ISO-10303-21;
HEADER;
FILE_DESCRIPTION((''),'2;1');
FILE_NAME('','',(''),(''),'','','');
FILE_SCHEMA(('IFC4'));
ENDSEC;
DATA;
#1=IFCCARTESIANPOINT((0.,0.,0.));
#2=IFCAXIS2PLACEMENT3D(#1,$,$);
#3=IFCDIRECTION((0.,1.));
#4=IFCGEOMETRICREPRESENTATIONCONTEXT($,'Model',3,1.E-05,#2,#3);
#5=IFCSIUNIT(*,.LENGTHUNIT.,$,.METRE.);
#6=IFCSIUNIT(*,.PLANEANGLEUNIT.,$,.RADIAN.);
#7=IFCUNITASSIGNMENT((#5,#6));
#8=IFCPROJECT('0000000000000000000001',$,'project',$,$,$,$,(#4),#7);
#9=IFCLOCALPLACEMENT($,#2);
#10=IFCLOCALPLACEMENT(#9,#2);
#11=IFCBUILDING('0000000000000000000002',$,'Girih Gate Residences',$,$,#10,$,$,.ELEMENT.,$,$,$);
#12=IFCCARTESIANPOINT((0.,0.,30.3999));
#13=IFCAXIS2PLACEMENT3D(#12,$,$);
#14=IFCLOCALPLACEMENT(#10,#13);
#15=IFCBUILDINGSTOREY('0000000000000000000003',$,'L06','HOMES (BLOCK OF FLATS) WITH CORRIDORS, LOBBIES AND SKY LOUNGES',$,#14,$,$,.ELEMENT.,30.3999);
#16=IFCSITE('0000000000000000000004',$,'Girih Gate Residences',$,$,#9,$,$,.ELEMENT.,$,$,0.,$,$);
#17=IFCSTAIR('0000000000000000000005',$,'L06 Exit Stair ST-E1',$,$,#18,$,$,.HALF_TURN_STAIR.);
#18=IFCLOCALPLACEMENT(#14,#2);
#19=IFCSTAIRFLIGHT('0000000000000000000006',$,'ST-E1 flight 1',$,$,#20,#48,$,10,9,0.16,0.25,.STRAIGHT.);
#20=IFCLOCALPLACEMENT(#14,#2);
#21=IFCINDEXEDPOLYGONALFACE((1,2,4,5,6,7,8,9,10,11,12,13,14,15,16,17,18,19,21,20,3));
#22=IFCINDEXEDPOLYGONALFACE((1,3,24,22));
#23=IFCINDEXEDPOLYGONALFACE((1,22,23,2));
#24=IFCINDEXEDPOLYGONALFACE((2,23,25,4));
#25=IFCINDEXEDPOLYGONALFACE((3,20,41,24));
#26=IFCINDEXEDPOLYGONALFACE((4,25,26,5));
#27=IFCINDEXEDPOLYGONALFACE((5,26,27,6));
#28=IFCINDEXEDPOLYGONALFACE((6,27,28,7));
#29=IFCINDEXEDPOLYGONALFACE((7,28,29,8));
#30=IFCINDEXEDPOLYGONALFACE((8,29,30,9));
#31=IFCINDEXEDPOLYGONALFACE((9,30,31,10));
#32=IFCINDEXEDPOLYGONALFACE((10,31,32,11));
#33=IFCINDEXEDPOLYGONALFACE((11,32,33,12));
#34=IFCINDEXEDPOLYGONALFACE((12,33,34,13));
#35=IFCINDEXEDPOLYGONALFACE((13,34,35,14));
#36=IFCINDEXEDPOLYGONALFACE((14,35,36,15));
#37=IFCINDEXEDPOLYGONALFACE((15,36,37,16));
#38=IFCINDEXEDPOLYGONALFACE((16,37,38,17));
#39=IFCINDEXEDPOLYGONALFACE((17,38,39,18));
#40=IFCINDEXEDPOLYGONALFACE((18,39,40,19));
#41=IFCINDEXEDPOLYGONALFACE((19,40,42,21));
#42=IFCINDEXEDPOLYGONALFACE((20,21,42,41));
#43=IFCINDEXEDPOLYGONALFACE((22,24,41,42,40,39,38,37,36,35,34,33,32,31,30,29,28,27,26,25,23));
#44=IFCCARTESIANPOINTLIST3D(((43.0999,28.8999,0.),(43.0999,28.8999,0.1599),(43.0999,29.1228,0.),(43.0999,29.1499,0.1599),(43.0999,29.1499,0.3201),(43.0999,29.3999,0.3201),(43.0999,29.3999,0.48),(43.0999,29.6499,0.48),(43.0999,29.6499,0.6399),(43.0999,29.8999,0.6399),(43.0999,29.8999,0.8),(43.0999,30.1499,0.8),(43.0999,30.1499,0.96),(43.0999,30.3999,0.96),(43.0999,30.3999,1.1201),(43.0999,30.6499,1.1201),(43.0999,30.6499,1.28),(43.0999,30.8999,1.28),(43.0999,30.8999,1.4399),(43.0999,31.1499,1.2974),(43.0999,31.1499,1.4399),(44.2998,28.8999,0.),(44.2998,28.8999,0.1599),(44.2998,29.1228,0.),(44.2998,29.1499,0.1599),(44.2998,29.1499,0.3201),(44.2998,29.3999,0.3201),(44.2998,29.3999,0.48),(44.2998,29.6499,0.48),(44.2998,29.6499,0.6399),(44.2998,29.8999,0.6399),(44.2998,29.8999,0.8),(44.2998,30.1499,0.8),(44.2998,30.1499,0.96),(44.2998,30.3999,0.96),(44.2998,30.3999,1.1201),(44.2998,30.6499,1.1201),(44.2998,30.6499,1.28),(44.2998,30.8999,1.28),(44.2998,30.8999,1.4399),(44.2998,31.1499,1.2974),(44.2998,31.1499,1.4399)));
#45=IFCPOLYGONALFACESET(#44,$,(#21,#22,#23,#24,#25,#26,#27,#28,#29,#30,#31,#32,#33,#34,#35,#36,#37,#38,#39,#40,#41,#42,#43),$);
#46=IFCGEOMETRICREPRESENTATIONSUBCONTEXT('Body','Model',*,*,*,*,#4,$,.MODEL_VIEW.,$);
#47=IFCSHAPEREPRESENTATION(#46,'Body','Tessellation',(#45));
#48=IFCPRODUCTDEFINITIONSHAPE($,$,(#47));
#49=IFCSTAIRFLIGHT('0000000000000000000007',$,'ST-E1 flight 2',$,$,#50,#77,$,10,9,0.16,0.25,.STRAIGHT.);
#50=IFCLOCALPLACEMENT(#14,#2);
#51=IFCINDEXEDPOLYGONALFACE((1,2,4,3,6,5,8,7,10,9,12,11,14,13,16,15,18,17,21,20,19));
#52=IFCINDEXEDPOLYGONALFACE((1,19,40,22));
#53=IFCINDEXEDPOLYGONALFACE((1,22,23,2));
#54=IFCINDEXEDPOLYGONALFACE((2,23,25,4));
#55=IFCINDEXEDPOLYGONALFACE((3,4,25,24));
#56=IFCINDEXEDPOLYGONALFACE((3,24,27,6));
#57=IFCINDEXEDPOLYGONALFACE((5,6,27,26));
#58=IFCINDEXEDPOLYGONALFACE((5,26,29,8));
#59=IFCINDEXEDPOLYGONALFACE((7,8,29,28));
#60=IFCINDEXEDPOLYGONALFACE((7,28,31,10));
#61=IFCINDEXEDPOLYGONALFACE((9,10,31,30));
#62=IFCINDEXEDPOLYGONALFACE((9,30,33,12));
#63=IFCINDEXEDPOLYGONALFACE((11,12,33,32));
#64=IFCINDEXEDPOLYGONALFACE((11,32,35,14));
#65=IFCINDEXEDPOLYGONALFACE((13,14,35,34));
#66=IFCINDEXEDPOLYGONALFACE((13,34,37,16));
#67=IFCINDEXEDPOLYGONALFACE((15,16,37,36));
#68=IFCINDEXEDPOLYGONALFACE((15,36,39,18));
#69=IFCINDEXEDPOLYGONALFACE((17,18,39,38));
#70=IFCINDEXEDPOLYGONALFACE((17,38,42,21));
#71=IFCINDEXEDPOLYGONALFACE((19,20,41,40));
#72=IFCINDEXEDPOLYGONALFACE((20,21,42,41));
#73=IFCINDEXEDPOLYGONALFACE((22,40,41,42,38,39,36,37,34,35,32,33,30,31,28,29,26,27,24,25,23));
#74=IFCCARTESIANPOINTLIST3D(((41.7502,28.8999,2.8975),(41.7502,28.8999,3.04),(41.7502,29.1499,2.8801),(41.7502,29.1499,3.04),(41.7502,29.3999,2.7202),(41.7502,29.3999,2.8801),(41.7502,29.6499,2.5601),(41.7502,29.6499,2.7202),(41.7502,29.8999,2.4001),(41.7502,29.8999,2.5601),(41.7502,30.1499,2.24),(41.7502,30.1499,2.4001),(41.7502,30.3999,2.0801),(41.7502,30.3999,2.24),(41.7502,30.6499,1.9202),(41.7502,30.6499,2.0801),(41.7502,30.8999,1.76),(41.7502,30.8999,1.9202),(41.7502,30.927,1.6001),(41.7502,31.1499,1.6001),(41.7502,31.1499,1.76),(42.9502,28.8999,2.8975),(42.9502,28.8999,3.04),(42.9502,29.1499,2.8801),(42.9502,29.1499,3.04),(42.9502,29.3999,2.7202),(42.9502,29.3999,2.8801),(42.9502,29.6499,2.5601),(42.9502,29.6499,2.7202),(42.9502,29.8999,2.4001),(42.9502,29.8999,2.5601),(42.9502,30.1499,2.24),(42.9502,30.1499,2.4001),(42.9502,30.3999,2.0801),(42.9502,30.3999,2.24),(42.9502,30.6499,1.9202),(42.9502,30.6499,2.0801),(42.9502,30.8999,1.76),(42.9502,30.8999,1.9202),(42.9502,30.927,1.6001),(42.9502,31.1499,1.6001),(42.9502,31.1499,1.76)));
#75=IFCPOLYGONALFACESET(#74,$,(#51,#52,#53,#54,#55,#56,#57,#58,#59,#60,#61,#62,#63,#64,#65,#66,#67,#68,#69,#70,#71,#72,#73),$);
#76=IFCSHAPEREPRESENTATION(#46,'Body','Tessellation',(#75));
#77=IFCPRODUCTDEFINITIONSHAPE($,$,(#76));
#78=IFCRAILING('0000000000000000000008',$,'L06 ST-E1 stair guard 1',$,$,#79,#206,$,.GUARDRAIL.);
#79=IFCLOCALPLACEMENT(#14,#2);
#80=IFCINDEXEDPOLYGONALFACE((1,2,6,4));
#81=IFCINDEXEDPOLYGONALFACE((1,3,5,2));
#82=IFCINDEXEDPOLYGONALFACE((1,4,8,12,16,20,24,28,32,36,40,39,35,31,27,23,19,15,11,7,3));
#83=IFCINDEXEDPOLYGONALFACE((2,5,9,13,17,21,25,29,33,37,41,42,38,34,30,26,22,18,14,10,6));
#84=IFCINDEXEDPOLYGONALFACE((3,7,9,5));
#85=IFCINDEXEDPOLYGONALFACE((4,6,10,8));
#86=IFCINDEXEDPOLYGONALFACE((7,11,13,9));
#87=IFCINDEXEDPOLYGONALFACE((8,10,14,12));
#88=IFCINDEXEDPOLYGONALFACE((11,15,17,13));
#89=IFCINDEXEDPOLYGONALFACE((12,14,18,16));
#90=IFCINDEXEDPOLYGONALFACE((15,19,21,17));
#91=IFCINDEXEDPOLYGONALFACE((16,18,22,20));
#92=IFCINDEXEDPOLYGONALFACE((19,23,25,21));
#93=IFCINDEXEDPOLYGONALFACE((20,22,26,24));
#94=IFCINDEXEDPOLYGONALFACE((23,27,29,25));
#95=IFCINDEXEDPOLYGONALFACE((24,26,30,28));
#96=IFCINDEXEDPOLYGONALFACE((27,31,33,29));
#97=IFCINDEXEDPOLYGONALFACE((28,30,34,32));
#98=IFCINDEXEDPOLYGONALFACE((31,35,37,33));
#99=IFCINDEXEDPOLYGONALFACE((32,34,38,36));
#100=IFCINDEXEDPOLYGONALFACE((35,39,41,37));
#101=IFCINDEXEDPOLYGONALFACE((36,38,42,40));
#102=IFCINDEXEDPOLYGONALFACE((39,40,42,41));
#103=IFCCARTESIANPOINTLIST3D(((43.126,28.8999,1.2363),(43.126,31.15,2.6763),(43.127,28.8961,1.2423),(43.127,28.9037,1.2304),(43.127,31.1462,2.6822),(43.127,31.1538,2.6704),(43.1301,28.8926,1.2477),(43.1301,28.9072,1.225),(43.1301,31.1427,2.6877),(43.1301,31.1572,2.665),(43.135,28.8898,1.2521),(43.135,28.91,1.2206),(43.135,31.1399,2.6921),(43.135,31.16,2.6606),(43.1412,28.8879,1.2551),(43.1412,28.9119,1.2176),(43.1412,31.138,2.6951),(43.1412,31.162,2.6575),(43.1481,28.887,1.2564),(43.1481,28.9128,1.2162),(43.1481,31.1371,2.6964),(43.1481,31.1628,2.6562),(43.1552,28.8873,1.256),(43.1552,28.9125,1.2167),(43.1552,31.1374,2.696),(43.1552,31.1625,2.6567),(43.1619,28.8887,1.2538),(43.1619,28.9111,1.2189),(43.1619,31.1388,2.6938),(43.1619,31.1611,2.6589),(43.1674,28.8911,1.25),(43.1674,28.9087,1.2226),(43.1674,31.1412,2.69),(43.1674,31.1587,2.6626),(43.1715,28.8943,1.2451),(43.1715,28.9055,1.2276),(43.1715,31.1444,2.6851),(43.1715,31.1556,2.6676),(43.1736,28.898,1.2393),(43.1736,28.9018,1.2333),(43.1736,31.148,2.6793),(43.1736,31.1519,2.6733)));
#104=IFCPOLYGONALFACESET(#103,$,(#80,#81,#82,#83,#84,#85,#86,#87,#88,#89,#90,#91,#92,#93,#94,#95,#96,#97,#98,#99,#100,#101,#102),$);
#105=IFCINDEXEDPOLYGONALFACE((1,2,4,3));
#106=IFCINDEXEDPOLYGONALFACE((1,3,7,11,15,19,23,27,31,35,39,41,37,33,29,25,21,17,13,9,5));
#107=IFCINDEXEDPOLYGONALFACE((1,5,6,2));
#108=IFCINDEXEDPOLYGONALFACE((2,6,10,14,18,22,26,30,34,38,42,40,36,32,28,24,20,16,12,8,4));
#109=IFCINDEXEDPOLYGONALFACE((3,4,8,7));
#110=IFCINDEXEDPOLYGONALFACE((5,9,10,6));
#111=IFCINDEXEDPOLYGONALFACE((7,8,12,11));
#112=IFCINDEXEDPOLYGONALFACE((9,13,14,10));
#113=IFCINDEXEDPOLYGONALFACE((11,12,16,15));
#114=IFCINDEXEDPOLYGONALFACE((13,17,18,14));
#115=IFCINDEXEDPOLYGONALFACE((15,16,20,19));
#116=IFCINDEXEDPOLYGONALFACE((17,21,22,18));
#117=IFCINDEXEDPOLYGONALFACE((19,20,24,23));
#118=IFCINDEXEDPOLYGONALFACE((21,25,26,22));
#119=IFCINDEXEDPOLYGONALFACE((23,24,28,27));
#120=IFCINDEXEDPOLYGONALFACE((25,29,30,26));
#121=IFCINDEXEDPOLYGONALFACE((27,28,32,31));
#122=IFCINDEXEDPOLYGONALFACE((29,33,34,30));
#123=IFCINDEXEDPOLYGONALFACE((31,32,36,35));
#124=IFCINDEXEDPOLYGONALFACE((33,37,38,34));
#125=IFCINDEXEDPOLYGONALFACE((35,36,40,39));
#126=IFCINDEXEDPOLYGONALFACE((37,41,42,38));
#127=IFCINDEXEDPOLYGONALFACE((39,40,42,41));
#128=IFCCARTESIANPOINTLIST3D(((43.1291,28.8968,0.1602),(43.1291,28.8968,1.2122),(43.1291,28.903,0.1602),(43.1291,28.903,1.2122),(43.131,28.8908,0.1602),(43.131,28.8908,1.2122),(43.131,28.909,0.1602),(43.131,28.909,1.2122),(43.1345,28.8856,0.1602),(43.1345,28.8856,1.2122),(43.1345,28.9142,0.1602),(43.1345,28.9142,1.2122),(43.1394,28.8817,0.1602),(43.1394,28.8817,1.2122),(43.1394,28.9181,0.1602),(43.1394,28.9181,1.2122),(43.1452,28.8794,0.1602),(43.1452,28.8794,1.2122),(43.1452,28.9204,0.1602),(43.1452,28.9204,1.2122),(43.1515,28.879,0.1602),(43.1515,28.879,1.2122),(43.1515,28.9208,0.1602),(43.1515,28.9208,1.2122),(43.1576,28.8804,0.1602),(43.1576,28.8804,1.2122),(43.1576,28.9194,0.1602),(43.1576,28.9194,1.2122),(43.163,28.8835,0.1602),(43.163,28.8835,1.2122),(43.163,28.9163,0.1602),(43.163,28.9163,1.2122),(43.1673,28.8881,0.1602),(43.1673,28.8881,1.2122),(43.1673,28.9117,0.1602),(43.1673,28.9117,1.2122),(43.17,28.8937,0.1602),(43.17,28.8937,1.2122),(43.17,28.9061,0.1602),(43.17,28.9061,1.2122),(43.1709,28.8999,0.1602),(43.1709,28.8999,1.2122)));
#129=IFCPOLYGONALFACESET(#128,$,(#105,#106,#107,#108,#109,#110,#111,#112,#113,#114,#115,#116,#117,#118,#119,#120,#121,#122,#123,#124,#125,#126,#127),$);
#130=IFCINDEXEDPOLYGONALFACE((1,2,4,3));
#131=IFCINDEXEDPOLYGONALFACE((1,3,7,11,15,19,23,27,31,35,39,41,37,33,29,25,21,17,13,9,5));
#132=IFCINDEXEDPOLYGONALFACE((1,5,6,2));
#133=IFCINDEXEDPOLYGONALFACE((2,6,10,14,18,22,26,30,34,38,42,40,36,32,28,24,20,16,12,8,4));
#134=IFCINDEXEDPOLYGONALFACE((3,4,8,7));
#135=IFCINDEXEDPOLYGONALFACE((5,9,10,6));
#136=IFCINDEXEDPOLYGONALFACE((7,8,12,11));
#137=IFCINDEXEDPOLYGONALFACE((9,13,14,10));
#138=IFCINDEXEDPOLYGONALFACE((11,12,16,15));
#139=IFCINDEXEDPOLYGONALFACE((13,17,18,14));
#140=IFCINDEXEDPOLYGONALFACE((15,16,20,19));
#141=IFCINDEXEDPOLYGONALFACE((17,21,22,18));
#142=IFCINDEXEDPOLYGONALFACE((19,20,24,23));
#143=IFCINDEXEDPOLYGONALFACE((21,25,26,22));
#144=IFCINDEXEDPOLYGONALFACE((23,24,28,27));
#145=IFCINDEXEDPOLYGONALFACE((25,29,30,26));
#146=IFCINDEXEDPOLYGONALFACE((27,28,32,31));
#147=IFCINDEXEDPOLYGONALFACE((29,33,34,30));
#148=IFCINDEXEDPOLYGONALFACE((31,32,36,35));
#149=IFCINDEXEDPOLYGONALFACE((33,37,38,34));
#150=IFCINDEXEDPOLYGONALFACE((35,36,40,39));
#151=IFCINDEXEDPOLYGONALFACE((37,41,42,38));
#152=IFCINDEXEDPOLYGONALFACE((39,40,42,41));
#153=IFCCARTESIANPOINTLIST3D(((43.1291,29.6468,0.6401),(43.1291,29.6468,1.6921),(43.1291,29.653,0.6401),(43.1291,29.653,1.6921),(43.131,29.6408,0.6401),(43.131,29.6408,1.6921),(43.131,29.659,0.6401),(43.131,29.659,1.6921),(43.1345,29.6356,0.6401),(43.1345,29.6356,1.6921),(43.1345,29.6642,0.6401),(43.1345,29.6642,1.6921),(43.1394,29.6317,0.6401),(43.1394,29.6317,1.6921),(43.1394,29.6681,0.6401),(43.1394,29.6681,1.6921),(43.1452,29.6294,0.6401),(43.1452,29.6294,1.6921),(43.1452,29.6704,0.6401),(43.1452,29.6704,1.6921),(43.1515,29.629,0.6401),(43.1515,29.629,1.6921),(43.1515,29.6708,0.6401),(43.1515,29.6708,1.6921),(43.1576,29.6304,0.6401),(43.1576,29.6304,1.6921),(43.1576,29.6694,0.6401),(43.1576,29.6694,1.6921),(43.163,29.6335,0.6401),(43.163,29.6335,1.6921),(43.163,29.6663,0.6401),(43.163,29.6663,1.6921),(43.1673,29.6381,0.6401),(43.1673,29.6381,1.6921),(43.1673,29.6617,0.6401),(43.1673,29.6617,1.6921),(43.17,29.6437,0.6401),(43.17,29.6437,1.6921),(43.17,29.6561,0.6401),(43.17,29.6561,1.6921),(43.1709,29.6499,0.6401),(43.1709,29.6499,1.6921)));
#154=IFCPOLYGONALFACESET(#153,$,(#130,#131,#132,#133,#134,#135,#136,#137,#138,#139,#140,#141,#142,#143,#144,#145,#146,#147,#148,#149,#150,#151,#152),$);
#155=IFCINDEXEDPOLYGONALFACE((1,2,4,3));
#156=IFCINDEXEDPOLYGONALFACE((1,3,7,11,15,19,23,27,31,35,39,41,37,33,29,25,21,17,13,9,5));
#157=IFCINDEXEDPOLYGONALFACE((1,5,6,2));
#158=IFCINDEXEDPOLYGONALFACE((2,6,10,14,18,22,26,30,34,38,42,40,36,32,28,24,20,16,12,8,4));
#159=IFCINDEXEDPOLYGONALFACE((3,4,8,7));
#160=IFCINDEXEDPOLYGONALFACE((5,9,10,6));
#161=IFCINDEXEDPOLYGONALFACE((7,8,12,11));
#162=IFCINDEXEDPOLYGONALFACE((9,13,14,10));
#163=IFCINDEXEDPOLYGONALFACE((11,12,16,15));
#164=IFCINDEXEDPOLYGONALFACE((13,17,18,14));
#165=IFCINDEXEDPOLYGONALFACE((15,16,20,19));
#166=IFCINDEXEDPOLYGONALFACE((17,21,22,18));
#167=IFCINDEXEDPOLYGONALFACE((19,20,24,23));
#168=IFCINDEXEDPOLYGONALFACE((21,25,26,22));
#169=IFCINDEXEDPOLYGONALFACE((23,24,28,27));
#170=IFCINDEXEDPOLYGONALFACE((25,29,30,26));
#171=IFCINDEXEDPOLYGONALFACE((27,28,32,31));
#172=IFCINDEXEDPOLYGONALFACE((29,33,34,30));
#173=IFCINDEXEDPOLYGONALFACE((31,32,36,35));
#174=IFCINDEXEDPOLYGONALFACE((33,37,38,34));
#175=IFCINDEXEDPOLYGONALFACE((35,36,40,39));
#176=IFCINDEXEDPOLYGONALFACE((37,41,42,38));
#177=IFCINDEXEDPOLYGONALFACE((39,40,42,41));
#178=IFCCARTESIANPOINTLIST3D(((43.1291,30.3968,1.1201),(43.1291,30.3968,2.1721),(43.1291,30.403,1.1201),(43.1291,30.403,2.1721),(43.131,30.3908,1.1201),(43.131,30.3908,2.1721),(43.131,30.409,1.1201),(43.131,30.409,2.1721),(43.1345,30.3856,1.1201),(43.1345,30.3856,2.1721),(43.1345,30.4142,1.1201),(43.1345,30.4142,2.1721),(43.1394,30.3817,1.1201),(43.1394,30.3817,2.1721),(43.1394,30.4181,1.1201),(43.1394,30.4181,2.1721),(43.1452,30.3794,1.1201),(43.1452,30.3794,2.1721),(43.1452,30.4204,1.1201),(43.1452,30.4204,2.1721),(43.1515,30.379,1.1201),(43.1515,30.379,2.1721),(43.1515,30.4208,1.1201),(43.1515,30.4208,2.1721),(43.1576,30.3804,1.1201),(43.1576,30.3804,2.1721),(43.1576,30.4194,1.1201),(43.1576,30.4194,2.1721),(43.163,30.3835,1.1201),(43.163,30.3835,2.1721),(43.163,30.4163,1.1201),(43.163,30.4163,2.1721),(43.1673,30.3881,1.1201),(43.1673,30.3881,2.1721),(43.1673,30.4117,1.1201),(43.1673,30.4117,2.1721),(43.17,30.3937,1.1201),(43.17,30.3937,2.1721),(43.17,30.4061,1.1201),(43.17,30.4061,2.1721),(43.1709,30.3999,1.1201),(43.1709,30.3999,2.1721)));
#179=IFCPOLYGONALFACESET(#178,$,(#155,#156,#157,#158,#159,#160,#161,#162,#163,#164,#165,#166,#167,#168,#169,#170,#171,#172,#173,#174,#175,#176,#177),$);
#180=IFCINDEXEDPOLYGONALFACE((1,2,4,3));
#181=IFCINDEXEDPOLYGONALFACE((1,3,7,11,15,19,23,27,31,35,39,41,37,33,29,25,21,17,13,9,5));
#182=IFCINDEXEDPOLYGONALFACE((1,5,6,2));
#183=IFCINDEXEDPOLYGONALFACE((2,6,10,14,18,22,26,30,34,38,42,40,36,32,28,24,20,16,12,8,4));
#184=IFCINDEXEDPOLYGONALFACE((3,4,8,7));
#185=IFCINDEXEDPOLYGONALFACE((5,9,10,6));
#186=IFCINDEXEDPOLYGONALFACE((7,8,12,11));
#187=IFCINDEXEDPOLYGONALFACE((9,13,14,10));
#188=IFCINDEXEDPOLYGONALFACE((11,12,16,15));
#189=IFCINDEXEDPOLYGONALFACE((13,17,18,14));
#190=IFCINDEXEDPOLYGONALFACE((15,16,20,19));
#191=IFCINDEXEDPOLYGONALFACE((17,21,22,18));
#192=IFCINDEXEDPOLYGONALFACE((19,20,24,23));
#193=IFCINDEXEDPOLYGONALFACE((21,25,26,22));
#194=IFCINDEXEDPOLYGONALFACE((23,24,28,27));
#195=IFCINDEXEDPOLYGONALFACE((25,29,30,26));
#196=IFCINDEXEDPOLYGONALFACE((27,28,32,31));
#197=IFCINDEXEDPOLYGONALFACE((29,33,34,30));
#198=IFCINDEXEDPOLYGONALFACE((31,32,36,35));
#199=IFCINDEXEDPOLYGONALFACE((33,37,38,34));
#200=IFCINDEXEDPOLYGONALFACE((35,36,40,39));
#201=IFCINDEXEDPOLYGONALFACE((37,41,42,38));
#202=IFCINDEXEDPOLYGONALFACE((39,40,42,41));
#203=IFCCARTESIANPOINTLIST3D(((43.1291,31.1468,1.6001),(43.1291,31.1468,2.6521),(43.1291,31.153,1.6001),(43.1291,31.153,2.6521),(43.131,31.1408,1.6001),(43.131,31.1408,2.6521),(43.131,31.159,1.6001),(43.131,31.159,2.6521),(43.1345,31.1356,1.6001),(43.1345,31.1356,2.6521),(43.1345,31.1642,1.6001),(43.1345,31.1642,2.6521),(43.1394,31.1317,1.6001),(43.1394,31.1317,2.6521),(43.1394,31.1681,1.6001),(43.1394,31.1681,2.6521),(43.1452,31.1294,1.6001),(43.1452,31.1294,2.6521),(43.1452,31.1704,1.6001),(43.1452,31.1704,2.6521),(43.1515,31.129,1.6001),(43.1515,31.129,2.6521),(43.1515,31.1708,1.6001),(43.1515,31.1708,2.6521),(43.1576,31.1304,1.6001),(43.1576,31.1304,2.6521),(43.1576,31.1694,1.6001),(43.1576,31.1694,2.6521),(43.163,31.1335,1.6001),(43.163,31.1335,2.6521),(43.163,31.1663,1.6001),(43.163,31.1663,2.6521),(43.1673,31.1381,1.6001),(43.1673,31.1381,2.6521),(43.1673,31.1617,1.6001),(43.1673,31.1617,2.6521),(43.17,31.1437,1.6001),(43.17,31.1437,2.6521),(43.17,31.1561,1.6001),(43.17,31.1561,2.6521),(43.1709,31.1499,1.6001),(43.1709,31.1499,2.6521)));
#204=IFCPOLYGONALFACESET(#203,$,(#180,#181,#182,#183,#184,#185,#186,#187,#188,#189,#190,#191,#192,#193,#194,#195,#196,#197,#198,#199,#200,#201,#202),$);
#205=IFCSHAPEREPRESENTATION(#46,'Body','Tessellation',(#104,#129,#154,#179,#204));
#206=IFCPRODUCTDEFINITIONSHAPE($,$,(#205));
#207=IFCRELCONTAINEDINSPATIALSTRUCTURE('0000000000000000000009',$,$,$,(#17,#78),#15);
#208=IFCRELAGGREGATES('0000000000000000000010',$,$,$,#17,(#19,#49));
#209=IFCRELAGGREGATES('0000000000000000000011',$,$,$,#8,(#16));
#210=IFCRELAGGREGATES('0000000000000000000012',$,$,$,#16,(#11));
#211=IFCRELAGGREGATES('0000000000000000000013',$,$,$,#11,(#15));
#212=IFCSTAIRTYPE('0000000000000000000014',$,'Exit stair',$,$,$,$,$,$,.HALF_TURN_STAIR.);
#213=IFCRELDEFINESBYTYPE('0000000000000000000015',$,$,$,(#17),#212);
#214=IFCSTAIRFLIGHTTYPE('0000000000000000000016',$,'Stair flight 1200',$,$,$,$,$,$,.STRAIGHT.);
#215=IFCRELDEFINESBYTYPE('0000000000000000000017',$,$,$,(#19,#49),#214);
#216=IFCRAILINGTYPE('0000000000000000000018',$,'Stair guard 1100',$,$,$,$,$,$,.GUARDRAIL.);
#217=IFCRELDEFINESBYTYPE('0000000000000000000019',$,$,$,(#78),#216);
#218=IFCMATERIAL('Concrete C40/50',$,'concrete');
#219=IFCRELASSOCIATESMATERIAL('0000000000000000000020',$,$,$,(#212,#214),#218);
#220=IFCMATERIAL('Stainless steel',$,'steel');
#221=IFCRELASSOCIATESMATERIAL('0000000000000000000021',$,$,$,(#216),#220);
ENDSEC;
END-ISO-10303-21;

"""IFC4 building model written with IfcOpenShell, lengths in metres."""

from ifc_helpers import new_model, si_unit, direction, frame, origin, origin_2d, place, context, subcontext, project, spatial, polyline, circle, outline, extrude, material, type_object, element, aggregate, save


model = new_model("IFC4")

# Units and contexts
model_context = context("Model", 3, precision=1e-05, world=origin(), true_north=direction((0.0, 1.0)))
body_context = subcontext(model_context, "Body", "Model", "MODEL_VIEW")
ifc_project = project(units=[si_unit("LENGTHUNIT", "METRE"), si_unit("PLANEANGLEUNIT", "RADIAN")], contexts=[model_context])

# Site, building, storey
site_placement = place(None, origin())
site = spatial("IfcSite", under=ifc_project, at=site_placement, Name="Girih Gate Residences", CompositionType="ELEMENT", RefElevation=0.0)
building_placement = place(site_placement, origin())
building = spatial("IfcBuilding", under=site, at=building_placement, Name="Girih Gate Residences", CompositionType="ELEMENT")
storey_placement = place(building_placement, frame((0.0, 0.0, 30.3999)))
storey = spatial("IfcBuildingStorey", under=building, at=storey_placement, Name="L06", Description="HOMES (BLOCK OF FLATS) WITH CORRIDORS, LOBBIES AND SKY LOUNGES", CompositionType="ELEMENT", Elevation=30.3999)

# Shared definitions
ifc_material_1 = material(Name="Concrete C40/50", Category="concrete")

# Stair, stair flights
stair_type = type_object("IfcStairType", Name="Exit stair", PredefinedType="HALF_TURN_STAIR", material=ifc_material_1)
stair_placement = place(storey_placement, origin())
stair = element("IfcStair", 1, at=stair_placement, inside=storey, type_object=stair_type, Name="L06 Exit Stair ST-E1", PredefinedType="HALF_TURN_STAIR")
stair_flight_type = type_object("IfcStairFlightType", Name="Stair flight 1200", PredefinedType="STRAIGHT", material=ifc_material_1)
stair_flight_1_placement = place(storey_placement, frame((43.7, 28.8999, 0.0), z_axis=(0.0, 0.0, 1.0), x_axis=(0.0, 1.0, 0.0)))
stair_flight_1 = element("IfcStairFlight", 2, at=stair_flight_1_placement, type_object=stair_flight_type, Name="ST-E1 flight 1", NumberOfRisers=10, NumberOfTreads=9, PredefinedType="STRAIGHT", RiserHeight=0.16, TreadLength=0.25, context=body_context, shape_type="SweptSolid", body=[
    extrude(outline(polyline([(0.0, 0.0), (0.0, 0.1599), (0.25, 0.1599), (0.25, 0.3201), (0.5, 0.3201), (0.5, 0.48), (0.75, 0.48), (0.75, 0.6399), (1.0, 0.6399), (1.0, 0.8), (1.25, 0.8), (1.25, 0.96), (1.5, 0.96), (1.5, 1.1201), (1.75, 1.1201), (1.75, 1.28), (2.0, 1.28), (2.0, 1.4399), (2.25, 1.4399), (2.25, 1.6001), (2.25, 1.2974), (0.2229, 0.0), (0.0, 0.0)])), frame((0.0, 0.6001, 0.0), z_axis=(0.0, -1.0, 0.0), x_axis=(1.0, 0.0, 0.0)), (0.0, 0.0, 1.0), 1.2),
])
stair_flight_2_placement = place(storey_placement, frame((42.3501, 31.1499, 1.6001), z_axis=(0.0, 0.0, 1.0), x_axis=(0.0, -1.0, 0.0)))
stair_flight_2 = element("IfcStairFlight", 3, at=stair_flight_2_placement, type_object=stair_flight_type, Name="ST-E1 flight 2", NumberOfRisers=10, NumberOfTreads=9, PredefinedType="STRAIGHT", RiserHeight=0.16, TreadLength=0.25, context=body_context, shape_type="SweptSolid", body=[
    extrude(outline(polyline([(0.0, 0.0), (0.0, 0.1599), (0.25, 0.1599), (0.25, 0.3201), (0.5, 0.3201), (0.5, 0.48), (0.75, 0.48), (0.75, 0.6399), (1.0, 0.6399), (1.0, 0.8), (1.25, 0.8), (1.25, 0.96), (1.5, 0.96), (1.5, 1.1201), (1.75, 1.1201), (1.75, 1.28), (2.0, 1.28), (2.0, 1.4399), (2.25, 1.4399), (2.25, 1.6001), (2.25, 1.2974), (0.2229, 0.0), (0.0, 0.0)])), frame((0.0, 0.6001, 0.0), z_axis=(0.0, -1.0, 0.0), x_axis=(1.0, 0.0, 0.0)), (0.0, 0.0, 1.0), 1.2),
])
aggregate(stair, [stair_flight_1, stair_flight_2])

# Railing
ifc_material_2 = material(Name="Stainless steel", Category="steel")
railing_type_1 = type_object("IfcRailingType", Name="Stair guard 1100", PredefinedType="GUARDRAIL", material=ifc_material_2)
railing_1_placement = place(storey_placement, frame((43.1499, 28.8999, 0.1602)))
element("IfcRailing", 4, at=railing_1_placement, inside=storey, type_object=railing_type_1, Name="L06 ST-E1 stair guard 1", PredefinedType="GUARDRAIL", context=body_context, shape_type="SweptSolid", body=[
    extrude(circle(Radius=0.0239, at=origin_2d()), frame((0.0, 0.0, 1.0762), z_axis=(0.0, 0.842281, 0.539038), x_axis=(-1.0, 0.0, 0.0)), (0.0, 0.0, 1.0), 2.6714),
    extrude(circle(Radius=0.021, at=origin_2d()), origin(), (0.0, 0.0, 1.0), 1.052),
    extrude(circle(Radius=0.021, at=origin_2d()), frame((0.0, 0.75, 0.48)), (0.0, 0.0, 1.0), 1.052),
    extrude(circle(Radius=0.021, at=origin_2d()), frame((0.0, 1.5, 0.96)), (0.0, 0.0, 1.0), 1.052),
    extrude(circle(Radius=0.021, at=origin_2d()), frame((0.0, 2.25, 1.4399)), (0.0, 0.0, 1.0), 1.052),
])

save(model, "model.ifc")
